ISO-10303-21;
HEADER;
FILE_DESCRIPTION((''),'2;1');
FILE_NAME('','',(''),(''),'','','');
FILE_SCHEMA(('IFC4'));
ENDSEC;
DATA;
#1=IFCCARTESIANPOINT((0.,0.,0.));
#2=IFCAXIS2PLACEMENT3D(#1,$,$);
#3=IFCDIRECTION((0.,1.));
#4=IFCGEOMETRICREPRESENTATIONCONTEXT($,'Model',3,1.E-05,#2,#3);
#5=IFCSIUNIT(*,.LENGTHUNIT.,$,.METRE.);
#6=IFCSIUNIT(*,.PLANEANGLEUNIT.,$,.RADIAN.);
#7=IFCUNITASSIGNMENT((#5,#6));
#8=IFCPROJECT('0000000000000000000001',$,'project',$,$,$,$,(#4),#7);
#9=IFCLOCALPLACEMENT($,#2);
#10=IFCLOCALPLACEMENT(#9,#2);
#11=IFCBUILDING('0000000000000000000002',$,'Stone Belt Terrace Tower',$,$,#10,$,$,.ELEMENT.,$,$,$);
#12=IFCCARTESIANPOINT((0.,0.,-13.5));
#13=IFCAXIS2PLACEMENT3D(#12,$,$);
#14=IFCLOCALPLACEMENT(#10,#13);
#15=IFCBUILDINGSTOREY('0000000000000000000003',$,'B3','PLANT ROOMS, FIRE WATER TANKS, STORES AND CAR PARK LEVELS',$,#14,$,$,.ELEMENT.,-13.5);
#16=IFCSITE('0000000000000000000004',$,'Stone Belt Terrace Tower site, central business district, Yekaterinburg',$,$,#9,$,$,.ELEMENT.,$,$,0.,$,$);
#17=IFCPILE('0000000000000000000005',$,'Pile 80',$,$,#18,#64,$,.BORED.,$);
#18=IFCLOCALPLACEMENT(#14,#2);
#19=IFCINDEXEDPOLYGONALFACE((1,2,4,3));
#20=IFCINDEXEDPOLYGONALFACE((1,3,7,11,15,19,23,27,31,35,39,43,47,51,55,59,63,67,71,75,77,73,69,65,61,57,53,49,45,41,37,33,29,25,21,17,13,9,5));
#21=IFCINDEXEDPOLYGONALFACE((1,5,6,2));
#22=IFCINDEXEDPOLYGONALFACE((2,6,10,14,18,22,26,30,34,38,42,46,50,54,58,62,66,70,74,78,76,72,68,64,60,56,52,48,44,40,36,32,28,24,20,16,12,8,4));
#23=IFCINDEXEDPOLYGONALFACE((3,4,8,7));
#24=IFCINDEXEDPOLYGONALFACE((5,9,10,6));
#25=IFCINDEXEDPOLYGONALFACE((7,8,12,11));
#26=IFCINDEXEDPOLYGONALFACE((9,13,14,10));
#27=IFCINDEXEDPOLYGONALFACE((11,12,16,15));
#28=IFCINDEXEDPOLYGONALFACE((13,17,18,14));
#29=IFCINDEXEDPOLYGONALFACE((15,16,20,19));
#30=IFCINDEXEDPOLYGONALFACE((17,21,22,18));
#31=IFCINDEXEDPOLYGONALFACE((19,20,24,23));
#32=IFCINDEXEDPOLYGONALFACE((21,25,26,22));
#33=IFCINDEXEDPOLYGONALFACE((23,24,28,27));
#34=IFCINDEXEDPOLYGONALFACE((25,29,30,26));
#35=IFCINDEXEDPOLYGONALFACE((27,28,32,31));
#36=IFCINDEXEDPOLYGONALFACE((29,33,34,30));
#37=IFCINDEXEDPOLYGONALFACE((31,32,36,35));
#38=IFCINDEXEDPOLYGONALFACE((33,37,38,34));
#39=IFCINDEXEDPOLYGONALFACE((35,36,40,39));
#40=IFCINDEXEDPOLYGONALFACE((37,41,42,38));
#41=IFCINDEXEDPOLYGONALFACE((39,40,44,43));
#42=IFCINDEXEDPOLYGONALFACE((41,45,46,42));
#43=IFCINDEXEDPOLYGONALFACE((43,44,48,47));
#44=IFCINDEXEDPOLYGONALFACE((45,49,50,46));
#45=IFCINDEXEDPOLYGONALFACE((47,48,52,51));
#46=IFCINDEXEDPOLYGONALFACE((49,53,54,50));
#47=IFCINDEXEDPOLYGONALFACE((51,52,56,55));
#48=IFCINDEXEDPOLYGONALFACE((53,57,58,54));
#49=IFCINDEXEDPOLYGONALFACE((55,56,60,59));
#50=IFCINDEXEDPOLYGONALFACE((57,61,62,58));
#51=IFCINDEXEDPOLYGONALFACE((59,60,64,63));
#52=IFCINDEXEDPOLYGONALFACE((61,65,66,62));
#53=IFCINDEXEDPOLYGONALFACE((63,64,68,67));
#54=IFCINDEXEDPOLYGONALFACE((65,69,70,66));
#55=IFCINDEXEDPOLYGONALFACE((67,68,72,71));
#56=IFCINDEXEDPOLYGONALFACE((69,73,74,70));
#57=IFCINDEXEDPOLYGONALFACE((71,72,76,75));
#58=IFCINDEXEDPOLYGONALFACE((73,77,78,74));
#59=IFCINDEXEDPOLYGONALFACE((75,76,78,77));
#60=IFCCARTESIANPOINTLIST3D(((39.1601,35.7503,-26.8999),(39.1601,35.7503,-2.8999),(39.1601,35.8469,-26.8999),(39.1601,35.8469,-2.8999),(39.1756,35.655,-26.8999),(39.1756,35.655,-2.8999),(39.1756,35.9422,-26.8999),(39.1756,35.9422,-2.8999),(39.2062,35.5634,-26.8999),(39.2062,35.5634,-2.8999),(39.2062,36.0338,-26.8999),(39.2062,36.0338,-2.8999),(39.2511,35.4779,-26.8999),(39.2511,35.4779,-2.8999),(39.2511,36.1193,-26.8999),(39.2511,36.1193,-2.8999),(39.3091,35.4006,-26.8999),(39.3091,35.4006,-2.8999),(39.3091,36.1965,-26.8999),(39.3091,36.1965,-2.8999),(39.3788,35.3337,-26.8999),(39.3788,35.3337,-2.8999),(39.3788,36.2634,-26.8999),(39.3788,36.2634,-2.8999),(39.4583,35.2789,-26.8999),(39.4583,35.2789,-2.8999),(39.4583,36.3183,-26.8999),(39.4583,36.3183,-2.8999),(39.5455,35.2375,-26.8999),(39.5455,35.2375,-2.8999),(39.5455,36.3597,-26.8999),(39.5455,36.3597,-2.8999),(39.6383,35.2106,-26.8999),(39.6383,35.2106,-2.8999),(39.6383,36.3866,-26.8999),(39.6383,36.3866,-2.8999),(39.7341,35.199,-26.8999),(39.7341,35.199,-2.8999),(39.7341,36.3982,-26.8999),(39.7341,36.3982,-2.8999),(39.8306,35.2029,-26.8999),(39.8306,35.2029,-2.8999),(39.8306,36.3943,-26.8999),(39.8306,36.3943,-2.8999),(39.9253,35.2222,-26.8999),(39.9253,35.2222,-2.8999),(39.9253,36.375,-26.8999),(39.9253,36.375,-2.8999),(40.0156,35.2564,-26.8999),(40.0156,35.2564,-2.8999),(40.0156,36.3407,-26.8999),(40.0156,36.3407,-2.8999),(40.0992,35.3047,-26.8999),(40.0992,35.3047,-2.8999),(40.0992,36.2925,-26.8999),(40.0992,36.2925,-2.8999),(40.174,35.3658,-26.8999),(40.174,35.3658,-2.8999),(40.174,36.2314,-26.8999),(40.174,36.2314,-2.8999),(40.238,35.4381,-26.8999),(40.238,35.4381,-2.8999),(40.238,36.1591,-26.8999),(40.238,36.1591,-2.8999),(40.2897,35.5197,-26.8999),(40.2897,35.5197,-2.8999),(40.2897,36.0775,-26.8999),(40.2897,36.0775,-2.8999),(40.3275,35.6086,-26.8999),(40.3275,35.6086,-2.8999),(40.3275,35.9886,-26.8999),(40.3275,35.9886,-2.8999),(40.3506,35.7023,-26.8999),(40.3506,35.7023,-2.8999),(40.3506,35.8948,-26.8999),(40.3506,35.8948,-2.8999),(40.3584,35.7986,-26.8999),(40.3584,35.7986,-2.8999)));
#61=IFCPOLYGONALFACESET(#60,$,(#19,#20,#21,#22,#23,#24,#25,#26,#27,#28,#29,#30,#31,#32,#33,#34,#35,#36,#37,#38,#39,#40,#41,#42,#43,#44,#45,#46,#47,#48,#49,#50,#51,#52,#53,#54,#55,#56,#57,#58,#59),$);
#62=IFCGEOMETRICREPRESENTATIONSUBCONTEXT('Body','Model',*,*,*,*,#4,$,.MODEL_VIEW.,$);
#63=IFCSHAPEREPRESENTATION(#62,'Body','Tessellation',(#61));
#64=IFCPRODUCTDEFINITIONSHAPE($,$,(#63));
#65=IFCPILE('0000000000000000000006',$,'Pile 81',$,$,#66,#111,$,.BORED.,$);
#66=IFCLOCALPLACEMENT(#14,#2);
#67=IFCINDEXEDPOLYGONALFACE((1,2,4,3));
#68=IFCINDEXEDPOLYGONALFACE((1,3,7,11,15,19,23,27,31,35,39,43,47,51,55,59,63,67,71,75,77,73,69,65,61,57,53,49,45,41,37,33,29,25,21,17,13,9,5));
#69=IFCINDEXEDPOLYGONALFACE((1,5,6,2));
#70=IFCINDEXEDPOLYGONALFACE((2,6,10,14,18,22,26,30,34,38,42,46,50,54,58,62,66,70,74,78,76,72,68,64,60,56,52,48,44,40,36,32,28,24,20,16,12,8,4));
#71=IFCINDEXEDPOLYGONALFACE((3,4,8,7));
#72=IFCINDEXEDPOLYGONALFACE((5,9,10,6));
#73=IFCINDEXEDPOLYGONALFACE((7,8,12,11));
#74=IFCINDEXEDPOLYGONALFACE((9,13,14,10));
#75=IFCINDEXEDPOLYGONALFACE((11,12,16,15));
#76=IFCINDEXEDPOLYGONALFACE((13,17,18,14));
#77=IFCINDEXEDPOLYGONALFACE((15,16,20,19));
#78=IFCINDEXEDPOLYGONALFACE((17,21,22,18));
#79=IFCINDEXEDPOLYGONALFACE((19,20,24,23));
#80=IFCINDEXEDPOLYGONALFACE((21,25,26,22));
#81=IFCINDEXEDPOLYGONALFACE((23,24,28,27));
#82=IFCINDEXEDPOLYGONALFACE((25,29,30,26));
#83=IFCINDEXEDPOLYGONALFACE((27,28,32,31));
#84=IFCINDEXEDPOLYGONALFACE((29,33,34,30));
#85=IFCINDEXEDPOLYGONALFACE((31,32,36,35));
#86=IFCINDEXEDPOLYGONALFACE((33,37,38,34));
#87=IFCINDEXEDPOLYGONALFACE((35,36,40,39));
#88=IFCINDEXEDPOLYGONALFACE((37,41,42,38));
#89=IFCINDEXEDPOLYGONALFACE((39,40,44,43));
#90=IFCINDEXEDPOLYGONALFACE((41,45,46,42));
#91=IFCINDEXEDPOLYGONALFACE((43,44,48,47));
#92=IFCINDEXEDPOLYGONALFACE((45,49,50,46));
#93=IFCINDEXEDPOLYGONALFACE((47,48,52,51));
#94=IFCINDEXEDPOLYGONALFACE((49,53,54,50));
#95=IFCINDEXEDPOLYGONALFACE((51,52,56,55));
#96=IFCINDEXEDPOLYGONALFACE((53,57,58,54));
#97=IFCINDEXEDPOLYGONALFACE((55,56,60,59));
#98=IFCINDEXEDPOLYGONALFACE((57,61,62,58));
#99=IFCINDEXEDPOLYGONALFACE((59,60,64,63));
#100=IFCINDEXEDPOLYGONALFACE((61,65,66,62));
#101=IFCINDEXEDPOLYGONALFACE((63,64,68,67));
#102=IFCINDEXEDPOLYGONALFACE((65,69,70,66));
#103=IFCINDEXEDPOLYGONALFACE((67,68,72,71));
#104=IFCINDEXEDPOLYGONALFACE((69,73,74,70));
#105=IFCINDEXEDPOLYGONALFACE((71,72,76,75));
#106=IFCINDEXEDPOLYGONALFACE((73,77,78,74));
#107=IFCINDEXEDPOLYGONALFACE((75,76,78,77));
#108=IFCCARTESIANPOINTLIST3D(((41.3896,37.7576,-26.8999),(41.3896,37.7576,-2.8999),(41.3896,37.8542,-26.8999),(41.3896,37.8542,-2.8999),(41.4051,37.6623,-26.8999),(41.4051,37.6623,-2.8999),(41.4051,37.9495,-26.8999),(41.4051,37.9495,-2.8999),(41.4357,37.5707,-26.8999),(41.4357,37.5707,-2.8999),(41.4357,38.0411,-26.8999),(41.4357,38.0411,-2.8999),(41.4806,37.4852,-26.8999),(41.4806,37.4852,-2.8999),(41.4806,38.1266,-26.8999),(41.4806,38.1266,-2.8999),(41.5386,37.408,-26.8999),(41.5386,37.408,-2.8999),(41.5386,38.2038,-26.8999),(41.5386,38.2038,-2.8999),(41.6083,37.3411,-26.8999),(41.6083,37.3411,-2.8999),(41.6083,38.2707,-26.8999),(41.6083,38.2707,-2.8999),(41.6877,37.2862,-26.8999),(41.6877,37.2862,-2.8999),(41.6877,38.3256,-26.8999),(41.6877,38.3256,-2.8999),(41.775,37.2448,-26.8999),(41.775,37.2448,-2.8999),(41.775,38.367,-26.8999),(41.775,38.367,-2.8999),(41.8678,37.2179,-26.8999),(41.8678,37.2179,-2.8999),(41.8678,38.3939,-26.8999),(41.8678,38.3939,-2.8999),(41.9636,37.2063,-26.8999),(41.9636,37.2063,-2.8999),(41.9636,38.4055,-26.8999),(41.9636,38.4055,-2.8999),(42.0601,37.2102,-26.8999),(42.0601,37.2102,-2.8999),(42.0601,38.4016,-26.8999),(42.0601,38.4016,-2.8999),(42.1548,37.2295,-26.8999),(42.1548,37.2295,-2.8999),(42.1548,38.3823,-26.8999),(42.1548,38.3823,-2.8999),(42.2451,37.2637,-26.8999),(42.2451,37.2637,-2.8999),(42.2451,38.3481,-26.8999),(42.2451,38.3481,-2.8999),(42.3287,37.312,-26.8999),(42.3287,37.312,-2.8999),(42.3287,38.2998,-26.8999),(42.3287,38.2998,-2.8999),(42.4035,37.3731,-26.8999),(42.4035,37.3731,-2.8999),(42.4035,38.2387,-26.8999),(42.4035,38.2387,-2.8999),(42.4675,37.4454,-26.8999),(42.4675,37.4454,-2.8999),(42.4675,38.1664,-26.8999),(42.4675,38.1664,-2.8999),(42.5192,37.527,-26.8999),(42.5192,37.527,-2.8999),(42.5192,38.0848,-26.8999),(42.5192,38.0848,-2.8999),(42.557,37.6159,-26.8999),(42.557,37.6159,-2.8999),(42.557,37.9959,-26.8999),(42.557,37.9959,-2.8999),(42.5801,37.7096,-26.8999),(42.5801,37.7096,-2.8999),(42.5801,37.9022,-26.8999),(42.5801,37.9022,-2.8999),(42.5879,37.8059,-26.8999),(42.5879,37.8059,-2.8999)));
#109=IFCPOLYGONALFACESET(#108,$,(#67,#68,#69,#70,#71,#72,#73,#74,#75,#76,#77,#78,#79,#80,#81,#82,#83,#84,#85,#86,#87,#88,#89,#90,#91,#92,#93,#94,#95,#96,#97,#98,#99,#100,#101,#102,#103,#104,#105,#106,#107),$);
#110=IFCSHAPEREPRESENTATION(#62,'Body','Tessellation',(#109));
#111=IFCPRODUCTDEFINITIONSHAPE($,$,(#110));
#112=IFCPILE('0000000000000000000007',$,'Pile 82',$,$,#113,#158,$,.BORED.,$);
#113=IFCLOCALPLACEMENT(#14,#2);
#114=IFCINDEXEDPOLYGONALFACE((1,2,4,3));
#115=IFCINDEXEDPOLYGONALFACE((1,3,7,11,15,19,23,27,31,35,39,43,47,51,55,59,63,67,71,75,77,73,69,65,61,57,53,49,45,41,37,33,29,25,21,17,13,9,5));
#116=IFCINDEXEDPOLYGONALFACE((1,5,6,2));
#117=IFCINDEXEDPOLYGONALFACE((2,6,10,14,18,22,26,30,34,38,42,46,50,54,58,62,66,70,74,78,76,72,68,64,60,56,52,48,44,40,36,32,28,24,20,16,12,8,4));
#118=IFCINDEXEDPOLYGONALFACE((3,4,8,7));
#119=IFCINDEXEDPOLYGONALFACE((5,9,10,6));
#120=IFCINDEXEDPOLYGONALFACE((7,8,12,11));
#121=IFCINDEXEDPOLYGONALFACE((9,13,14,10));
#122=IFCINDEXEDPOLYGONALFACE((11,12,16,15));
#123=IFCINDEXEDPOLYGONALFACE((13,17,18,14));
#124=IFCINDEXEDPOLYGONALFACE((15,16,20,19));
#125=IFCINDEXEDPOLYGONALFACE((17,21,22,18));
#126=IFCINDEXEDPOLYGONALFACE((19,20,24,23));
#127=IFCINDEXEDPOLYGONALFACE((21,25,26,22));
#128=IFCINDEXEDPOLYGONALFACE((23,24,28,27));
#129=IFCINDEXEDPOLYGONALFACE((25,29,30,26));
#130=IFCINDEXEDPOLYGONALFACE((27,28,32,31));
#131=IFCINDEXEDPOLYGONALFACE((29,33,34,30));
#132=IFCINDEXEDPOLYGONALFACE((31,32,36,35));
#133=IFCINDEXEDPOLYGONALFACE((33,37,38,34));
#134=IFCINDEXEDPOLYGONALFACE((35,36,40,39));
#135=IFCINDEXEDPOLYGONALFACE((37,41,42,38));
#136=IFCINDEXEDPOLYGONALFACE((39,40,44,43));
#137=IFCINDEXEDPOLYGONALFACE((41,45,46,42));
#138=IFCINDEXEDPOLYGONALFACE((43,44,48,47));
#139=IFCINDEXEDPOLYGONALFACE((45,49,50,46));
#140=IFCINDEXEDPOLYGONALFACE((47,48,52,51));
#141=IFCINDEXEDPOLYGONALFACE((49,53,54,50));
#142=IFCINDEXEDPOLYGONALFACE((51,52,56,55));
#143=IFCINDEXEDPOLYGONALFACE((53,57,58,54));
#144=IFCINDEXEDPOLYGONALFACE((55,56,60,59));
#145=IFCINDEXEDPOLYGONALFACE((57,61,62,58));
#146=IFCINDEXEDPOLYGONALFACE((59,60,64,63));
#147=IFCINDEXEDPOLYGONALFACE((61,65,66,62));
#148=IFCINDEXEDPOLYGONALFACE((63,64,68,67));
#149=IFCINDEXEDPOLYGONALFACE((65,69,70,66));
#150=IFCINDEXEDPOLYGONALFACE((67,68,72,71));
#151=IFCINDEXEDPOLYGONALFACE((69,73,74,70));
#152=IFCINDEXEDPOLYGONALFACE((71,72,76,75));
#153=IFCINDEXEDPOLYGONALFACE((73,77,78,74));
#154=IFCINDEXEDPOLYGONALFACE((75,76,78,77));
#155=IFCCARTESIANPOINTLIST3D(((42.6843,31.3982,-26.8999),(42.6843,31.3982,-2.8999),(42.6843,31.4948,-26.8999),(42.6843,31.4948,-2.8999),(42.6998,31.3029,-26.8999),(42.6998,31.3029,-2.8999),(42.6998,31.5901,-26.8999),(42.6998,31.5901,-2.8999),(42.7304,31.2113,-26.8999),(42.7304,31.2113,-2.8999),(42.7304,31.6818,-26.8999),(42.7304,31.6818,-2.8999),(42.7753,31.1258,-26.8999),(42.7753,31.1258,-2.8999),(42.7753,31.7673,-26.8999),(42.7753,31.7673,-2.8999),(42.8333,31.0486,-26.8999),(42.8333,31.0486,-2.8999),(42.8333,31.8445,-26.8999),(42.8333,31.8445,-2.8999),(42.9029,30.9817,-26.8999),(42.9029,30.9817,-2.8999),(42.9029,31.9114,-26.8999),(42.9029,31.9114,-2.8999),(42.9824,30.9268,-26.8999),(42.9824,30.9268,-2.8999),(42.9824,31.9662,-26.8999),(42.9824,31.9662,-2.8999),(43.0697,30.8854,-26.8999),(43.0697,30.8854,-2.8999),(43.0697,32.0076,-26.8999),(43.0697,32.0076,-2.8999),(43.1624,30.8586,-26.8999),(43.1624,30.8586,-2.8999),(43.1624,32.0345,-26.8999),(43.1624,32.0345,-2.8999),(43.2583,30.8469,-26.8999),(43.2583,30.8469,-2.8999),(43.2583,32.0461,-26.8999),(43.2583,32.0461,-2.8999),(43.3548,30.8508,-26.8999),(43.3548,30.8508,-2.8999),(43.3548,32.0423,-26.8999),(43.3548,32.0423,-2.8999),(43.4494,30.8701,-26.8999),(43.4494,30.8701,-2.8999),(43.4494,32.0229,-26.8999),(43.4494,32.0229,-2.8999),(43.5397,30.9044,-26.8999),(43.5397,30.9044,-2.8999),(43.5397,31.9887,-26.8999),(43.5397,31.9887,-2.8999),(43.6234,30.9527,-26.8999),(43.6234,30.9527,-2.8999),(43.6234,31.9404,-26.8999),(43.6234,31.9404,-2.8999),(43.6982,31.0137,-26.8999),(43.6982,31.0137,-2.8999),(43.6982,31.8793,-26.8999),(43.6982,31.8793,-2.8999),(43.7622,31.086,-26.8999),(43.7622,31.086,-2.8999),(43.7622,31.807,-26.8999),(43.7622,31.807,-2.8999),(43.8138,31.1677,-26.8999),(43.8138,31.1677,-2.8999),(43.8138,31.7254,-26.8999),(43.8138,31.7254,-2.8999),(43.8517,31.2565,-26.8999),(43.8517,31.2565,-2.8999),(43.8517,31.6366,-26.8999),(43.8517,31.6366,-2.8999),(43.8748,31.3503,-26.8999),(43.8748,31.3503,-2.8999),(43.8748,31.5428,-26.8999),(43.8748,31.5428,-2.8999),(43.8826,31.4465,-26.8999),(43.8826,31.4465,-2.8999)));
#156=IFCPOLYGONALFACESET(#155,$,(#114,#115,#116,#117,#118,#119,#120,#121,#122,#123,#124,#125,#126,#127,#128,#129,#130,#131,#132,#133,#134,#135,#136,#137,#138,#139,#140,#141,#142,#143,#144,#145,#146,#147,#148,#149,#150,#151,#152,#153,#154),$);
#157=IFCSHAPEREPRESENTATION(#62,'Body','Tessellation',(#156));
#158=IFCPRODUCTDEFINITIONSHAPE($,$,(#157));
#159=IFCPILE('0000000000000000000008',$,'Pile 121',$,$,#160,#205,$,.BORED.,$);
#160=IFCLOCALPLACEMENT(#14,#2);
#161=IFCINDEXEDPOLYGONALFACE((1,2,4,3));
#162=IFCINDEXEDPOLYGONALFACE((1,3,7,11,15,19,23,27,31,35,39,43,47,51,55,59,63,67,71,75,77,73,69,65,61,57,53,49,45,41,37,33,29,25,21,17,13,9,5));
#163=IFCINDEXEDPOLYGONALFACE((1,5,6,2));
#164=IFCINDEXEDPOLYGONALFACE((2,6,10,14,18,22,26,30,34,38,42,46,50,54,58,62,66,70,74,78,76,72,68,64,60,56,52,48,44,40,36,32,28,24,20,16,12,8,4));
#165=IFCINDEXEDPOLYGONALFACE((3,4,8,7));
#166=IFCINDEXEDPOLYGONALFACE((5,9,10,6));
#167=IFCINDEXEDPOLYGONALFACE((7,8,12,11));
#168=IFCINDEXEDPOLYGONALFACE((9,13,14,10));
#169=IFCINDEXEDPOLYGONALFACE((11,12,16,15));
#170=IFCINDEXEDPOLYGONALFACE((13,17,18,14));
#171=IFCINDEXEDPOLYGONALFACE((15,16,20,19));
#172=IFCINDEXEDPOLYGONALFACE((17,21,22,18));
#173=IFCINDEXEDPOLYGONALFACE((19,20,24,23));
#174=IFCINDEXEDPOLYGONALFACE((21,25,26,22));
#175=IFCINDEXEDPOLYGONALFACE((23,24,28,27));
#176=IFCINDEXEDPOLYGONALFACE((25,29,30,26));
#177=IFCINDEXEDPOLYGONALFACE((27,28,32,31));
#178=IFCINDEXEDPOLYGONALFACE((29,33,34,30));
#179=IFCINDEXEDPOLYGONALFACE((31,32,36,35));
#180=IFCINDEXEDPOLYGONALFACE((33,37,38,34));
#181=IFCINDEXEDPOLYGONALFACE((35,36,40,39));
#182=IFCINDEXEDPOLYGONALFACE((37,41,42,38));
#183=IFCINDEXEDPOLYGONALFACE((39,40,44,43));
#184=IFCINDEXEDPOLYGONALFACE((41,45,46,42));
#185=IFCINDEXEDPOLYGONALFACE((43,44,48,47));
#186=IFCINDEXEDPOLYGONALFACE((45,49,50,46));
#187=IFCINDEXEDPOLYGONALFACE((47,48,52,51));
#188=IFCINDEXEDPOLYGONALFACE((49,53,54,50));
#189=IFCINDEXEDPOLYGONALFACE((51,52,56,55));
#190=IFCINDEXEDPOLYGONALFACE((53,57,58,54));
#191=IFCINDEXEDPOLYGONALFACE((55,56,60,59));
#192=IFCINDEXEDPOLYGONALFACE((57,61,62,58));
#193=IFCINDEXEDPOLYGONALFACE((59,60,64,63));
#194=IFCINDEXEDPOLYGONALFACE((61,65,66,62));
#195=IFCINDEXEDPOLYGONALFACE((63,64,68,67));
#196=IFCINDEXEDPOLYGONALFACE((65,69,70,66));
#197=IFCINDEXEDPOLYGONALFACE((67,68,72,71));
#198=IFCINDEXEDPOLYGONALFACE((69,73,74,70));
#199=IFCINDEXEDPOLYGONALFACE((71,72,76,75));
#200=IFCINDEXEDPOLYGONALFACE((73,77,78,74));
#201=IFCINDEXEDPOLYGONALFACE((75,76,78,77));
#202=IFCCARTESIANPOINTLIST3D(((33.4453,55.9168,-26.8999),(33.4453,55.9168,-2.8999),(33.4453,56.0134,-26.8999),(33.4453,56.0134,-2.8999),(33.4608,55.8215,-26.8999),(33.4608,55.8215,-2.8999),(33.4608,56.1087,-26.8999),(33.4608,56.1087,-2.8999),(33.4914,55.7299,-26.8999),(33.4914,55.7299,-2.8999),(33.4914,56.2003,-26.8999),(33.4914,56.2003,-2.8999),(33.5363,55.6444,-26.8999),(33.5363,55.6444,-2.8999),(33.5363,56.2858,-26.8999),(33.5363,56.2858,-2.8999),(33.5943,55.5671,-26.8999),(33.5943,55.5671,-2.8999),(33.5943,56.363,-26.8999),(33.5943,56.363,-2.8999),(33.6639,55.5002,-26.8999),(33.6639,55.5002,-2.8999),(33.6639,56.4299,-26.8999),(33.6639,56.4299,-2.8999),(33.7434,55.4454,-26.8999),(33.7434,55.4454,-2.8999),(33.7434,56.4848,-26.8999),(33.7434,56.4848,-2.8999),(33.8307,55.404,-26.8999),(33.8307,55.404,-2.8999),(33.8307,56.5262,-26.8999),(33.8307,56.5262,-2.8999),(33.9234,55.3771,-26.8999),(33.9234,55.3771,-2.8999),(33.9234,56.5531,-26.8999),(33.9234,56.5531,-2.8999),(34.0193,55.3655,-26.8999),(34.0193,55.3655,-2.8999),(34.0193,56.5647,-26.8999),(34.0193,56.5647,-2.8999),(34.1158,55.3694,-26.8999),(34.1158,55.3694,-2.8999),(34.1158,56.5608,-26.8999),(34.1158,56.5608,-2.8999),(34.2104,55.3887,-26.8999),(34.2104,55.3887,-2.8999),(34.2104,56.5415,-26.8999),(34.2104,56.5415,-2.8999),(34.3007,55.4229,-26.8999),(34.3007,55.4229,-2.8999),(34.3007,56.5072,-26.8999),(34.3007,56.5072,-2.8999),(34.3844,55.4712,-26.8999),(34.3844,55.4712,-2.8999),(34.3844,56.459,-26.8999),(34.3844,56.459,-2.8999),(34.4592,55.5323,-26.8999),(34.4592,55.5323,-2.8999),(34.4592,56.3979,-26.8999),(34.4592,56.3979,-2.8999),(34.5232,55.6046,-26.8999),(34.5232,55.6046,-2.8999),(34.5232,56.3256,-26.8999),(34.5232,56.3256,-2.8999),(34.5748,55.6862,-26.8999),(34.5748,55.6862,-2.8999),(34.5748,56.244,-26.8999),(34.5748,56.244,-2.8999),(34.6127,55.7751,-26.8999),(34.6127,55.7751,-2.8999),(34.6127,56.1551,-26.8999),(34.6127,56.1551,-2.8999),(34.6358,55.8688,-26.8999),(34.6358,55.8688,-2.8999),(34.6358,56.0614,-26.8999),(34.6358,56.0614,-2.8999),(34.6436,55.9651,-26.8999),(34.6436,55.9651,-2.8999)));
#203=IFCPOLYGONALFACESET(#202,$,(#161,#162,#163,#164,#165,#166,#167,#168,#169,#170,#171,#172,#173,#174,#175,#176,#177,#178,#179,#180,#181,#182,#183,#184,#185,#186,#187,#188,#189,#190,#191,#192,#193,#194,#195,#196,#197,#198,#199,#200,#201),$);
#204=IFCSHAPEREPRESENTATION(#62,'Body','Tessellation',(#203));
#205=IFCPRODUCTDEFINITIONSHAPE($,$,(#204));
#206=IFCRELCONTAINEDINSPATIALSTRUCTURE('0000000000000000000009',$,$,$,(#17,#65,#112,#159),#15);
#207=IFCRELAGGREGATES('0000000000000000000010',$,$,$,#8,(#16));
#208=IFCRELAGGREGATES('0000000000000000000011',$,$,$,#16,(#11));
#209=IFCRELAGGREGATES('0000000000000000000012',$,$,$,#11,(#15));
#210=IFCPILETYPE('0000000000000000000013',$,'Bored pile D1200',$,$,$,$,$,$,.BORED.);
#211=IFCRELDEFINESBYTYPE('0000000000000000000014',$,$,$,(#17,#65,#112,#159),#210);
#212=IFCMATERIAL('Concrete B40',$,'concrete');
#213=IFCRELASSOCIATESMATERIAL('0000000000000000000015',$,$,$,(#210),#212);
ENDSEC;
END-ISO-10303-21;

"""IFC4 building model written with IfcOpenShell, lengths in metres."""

from ifc_helpers import new_model, si_unit, direction, frame, origin, origin_2d, place, context, subcontext, project, spatial, circle, extrude, material, material_profile, profile_set, type_object, element, save


model = new_model("IFC4")

# Units and contexts
model_context = context("Model", 3, precision=1e-05, world=origin(), true_north=direction((0.0, 1.0)))
body_context = subcontext(model_context, "Body", "Model", "MODEL_VIEW")
ifc_project = project(units=[si_unit("LENGTHUNIT", "METRE"), si_unit("PLANEANGLEUNIT", "RADIAN")], contexts=[model_context])

# Site, building, storey
site_placement = place(None, origin())
site = spatial("IfcSite", under=ifc_project, at=site_placement, Name="Stone Belt Terrace Tower site, central business district, Yekaterinburg", CompositionType="ELEMENT", RefElevation=0.0)
building_placement = place(site_placement, origin())
building = spatial("IfcBuilding", under=site, at=building_placement, Name="Stone Belt Terrace Tower", CompositionType="ELEMENT")
storey_placement = place(building_placement, frame((0.0, 0.0, -13.5)))
storey = spatial("IfcBuildingStorey", under=building, at=storey_placement, Name="B3", Description="PLANT ROOMS, FIRE WATER TANKS, STORES AND CAR PARK LEVELS", CompositionType="ELEMENT", Elevation=-13.5)

# Piles
ifc_material_1 = material(Name="Concrete B40", Category="concrete")
ifc_material_profile_1 = material_profile(ifc_material_1, circle(Radius=0.6001, at=origin_2d()), Name="PILE D1200")
ifc_profile_set_1 = profile_set([ifc_material_profile_1], Name="Concrete B40")
pile_type = type_object("IfcPileType", Name="Bored pile D1200", PredefinedType="BORED", material=ifc_profile_set_1)
for number, where, z_axis, x_axis, name in (
    (1, (39.7583, 35.7986, -2.8999), (0.0, 0.0, -1.0), (1.0, 0.0, 0.0), "Pile 80"),
    (2, (41.9878, 37.8059, -2.8999), (0.0, 0.0, -1.0), (1.0, 0.0, 0.0), "Pile 81"),
    (3, (43.2825, 31.4465, -2.8999), (0.0, 0.0, -1.0), (1.0, 0.0, 0.0), "Pile 82"),
    (4, (34.0435, 55.9651, -2.8999), (0.0, 0.0, -1.0), (1.0, 0.0, 0.0), "Pile 121"),
):
    element("IfcPile", number, at=place(storey_placement, frame(where, z_axis=z_axis, x_axis=x_axis)), inside=storey, type_object=pile_type, Name=name, PredefinedType="BORED", context=body_context, shape_type="SweptSolid", body=[
        extrude(circle(Radius=0.6001, at=origin_2d()), origin(), (0.0, 0.0, 1.0), 24.0),
    ])

save(model, "model.ifc")
